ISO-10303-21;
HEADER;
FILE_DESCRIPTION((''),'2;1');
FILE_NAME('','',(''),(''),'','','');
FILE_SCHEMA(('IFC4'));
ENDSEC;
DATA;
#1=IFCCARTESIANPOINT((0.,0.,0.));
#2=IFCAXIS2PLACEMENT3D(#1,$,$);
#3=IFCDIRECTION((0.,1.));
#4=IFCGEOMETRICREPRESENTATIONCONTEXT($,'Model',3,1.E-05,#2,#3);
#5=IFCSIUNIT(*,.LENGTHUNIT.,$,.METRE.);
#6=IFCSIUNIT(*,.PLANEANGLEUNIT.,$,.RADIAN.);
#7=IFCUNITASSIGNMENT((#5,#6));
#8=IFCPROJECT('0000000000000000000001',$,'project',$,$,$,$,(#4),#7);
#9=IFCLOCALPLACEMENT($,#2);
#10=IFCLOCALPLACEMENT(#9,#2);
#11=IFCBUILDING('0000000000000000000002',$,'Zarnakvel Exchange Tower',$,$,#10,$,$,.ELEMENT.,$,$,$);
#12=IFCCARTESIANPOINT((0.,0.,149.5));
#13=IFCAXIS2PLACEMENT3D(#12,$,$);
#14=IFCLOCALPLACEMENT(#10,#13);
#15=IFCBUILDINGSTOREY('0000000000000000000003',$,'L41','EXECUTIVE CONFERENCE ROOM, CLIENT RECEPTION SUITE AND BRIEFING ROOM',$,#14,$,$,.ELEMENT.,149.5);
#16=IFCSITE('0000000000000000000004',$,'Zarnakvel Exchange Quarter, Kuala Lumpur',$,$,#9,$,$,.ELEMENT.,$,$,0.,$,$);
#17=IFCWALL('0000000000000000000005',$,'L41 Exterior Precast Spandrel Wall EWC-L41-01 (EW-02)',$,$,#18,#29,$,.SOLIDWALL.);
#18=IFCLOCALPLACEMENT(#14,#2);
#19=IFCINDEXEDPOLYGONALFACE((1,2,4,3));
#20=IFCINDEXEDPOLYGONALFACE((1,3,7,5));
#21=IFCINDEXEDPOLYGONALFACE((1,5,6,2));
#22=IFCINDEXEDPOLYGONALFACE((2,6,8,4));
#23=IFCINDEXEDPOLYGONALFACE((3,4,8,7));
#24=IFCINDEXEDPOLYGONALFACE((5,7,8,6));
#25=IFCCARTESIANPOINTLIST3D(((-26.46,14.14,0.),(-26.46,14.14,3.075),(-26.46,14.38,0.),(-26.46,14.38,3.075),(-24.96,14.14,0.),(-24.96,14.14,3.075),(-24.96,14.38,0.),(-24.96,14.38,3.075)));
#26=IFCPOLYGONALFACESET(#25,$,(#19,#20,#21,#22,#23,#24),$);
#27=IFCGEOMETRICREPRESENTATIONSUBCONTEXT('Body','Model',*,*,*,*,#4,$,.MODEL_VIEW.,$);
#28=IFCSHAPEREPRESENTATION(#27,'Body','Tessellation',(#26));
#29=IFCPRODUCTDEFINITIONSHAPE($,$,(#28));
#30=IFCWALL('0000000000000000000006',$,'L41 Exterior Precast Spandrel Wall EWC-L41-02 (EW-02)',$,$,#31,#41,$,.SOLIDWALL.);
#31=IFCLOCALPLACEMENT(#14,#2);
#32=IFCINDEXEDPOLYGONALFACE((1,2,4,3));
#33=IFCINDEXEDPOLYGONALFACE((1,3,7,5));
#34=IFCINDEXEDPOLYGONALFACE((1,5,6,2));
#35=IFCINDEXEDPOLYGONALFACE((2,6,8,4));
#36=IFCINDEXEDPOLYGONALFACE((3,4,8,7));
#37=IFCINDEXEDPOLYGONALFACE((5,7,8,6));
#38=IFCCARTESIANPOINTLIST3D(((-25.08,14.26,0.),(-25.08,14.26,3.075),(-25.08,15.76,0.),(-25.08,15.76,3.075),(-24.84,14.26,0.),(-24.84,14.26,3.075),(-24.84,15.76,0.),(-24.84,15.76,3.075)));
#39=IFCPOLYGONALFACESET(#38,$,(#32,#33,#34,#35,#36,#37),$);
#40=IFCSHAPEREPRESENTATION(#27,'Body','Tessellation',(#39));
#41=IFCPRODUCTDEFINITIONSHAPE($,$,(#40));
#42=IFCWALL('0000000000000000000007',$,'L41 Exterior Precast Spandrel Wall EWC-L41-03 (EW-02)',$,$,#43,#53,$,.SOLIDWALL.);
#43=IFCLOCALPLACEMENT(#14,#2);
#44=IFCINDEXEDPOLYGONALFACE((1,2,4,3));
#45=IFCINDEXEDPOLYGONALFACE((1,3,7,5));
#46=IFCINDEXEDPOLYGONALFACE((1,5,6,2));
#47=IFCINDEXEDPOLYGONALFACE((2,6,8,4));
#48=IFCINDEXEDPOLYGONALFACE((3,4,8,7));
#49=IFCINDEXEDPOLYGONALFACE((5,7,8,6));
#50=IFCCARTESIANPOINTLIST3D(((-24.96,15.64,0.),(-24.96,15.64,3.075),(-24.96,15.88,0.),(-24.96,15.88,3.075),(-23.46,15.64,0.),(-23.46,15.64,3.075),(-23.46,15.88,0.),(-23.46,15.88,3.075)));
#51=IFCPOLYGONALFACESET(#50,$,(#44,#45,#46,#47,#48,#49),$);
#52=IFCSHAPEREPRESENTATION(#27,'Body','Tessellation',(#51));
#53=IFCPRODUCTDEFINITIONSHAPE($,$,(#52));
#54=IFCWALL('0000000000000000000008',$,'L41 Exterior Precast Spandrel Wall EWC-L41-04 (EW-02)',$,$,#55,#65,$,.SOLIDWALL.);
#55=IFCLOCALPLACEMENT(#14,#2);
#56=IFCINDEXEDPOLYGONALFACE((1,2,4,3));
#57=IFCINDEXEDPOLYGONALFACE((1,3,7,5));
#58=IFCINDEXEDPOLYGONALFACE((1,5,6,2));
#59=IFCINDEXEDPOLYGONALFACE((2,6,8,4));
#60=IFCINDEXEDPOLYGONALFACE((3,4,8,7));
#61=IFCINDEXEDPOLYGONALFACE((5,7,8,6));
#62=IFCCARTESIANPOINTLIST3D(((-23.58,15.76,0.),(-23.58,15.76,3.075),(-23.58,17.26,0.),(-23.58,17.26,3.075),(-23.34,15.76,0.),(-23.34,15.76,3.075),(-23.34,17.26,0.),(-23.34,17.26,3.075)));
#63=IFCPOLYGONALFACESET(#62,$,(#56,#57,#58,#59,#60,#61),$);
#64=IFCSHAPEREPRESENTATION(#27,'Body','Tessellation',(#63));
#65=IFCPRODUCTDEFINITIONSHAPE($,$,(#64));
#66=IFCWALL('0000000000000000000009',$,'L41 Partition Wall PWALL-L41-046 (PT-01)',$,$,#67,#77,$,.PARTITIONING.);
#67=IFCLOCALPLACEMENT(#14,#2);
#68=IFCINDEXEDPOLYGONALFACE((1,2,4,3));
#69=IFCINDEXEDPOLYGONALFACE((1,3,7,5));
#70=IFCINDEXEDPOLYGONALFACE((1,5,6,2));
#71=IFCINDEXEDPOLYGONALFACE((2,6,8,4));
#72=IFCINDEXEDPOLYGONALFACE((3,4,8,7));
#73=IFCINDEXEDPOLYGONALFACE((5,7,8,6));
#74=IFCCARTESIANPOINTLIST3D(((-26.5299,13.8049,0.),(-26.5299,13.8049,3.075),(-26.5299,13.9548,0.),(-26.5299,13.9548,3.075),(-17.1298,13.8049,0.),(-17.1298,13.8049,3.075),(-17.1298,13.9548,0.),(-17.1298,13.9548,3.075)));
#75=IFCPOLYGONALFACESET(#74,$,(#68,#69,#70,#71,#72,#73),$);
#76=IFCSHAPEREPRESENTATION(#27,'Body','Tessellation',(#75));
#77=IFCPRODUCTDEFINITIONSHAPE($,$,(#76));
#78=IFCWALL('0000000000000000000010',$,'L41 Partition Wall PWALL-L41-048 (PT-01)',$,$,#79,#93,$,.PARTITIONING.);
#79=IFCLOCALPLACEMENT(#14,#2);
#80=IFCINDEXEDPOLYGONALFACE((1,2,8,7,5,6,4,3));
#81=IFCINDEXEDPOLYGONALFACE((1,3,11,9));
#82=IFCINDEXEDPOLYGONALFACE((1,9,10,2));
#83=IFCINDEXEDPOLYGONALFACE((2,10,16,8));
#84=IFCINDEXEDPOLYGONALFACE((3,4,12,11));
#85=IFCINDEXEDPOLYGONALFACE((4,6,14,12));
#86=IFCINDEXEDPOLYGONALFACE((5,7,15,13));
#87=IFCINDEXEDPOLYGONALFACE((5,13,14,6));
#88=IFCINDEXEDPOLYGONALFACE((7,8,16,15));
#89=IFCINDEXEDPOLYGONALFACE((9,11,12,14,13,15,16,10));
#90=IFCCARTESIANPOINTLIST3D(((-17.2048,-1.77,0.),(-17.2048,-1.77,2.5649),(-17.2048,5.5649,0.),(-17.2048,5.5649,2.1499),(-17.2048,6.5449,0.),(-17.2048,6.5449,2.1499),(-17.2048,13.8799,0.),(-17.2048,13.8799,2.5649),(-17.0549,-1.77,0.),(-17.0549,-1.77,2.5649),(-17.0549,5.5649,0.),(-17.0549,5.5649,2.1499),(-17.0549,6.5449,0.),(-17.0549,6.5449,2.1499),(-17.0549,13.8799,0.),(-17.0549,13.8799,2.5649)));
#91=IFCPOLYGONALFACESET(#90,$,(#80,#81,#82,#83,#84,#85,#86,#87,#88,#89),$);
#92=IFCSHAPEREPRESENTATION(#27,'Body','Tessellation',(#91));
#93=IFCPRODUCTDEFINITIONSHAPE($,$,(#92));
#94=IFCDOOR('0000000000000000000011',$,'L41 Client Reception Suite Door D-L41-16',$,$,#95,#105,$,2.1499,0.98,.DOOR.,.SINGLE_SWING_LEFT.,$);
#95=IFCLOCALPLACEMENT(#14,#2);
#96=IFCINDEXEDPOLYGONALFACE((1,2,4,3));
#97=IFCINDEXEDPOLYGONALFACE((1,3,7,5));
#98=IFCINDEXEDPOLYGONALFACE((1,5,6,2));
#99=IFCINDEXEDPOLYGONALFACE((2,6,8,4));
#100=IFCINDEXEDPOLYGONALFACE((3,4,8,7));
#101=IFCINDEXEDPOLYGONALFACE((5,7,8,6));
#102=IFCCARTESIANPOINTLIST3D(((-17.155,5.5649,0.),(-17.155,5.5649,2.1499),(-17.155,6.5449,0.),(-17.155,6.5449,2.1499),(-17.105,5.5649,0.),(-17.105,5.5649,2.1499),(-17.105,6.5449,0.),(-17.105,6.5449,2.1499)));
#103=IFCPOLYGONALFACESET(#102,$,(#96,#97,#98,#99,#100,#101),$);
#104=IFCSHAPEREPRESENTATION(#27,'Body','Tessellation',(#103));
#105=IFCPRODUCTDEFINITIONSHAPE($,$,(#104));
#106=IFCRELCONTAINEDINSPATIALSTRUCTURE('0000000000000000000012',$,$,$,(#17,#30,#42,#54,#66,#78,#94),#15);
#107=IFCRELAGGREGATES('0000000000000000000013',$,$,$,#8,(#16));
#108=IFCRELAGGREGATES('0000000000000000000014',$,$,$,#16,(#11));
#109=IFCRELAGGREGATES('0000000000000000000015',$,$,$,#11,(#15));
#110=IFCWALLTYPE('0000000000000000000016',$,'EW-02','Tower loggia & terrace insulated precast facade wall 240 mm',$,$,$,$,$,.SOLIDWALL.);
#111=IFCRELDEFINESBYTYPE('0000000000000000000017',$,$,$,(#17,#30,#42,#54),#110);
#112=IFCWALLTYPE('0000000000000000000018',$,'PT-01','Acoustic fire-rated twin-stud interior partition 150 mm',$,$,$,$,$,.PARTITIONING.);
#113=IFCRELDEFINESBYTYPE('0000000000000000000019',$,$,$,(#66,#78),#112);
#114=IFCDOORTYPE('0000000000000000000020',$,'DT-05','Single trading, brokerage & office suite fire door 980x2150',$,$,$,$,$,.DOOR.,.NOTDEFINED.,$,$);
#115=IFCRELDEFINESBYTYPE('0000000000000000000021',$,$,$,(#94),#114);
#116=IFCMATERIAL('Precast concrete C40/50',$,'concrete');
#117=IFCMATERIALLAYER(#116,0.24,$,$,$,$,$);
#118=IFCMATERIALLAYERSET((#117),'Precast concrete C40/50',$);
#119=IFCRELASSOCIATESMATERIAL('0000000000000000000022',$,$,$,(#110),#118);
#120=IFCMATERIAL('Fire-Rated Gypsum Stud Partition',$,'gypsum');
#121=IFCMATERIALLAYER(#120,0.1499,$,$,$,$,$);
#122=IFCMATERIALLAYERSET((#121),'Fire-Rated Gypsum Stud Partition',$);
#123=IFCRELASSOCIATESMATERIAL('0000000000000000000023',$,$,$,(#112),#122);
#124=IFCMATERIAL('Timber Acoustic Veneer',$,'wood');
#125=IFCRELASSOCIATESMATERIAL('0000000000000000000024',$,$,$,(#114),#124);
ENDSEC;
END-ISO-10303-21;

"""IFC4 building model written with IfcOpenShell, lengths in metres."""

from ifc_helpers import new_model, si_unit, direction, frame, frame_2d, origin, place, context, subcontext, project, spatial, rectangle, extrude, source, transform, mapped, material, layer, layer_set, type_object, element, fill, save


model = new_model("IFC4")

# Units and contexts
model_context = context("Model", 3, precision=1e-05, world=origin(), true_north=direction((0.0, 1.0)))
body_context = subcontext(model_context, "Body", "Model", "MODEL_VIEW")
ifc_project = project(units=[si_unit("LENGTHUNIT", "METRE"), si_unit("PLANEANGLEUNIT", "RADIAN")], contexts=[model_context])

# Site, building, storey
site_placement = place(None, origin())
site = spatial("IfcSite", under=ifc_project, at=site_placement, Name="Zarnakvel Exchange Quarter, Kuala Lumpur", CompositionType="ELEMENT", RefElevation=0.0)
building_placement = place(site_placement, origin())
building = spatial("IfcBuilding", under=site, at=building_placement, Name="Zarnakvel Exchange Tower", CompositionType="ELEMENT")
storey_placement = place(building_placement, frame((0.0, 0.0, 149.5)))
storey = spatial("IfcBuildingStorey", under=building, at=storey_placement, Name="L41", Description="EXECUTIVE CONFERENCE ROOM, CLIENT RECEPTION SUITE AND BRIEFING ROOM", CompositionType="ELEMENT", Elevation=149.5)

# Walls
ifc_material_1 = material(Name="Precast concrete C40/50", Category="concrete")
ifc_layer_1 = layer(ifc_material_1, 0.24)
ifc_layer_set_1 = layer_set([ifc_layer_1], Name="Precast concrete C40/50")
wall_type_1 = type_object("IfcWallType", Name="EW-02", Description="Tower loggia & terrace insulated precast facade wall 240 mm", PredefinedType="SOLIDWALL", material=ifc_layer_set_1)
for number, where, z_axis, x_axis, name in (
    (1, (-24.96, 14.26, 0.0), (0.0, 0.0, 1.0), (-1.0, 0.0, 0.0), "L41 Exterior Precast Spandrel Wall EWC-L41-01 (EW-02)"),
    (2, (-24.96, 15.76, 0.0), (0.0, 0.0, 1.0), (0.0, -1.0, 0.0), "L41 Exterior Precast Spandrel Wall EWC-L41-02 (EW-02)"),
    (3, (-23.46, 15.76, 0.0), (0.0, 0.0, 1.0), (-1.0, 0.0, 0.0), "L41 Exterior Precast Spandrel Wall EWC-L41-03 (EW-02)"),
    (4, (-23.46, 17.26, 0.0), (0.0, 0.0, 1.0), (0.0, -1.0, 0.0), "L41 Exterior Precast Spandrel Wall EWC-L41-04 (EW-02)"),
):
    element("IfcWall", number, at=place(storey_placement, frame(where, z_axis=z_axis, x_axis=x_axis)), inside=storey, type_object=wall_type_1, Name=name, PredefinedType="SOLIDWALL", context=body_context, shape_type="SweptSolid", body=[
        extrude(rectangle(XDim=1.5, YDim=0.24, at=frame_2d((0.75, 0.0))), origin(), (0.0, 0.0, 1.0), 3.075),
    ])
ifc_material_2 = material(Name="Fire-Rated Gypsum Stud Partition", Category="gypsum")
ifc_layer_2 = layer(ifc_material_2, 0.1499)
ifc_layer_set_2 = layer_set([ifc_layer_2], Name="Fire-Rated Gypsum Stud Partition")
wall_type_2 = type_object("IfcWallType", Name="PT-01", Description="Acoustic fire-rated twin-stud interior partition 150 mm", PredefinedType="PARTITIONING", material=ifc_layer_set_2)
wall_1_placement = place(storey_placement, frame((-26.53, 13.8799, 0.0), z_axis=(0.0, 0.0, 1.0), x_axis=(1.0, 0.0, 0.0)))
element("IfcWall", 5, at=wall_1_placement, inside=storey, type_object=wall_type_2, Name="L41 Partition Wall PWALL-L41-046 (PT-01)", PredefinedType="PARTITIONING", context=body_context, shape_type="SweptSolid", body=[
    extrude(rectangle(XDim=9.4001, YDim=0.1499, at=frame_2d((4.7002, 0.0))), origin(), (0.0, 0.0, 1.0), 3.075),
])

# Wall, opening, door
wall_2_placement = place(storey_placement, frame((-17.1299, 13.8799, 0.0), z_axis=(0.0, 0.0, 1.0), x_axis=(0.0, -1.0, 0.0)))
wall_2 = element("IfcWall", 6, at=wall_2_placement, inside=storey, type_object=wall_type_2, Name="L41 Partition Wall PWALL-L41-048 (PT-01)", PredefinedType="PARTITIONING", context=body_context, shape_type="SweptSolid", body=[
    extrude(rectangle(XDim=15.6499, YDim=0.1499, at=frame_2d((7.825, 0.0))), origin(), (0.0, 0.0, 1.0), 2.5649),
])
opening_placement = place(wall_2_placement, frame((7.335, 0.0, 0.0)))
opening = element("IfcOpeningElement", 7, at=opening_placement, cuts=wall_2, PredefinedType="OPENING", context=body_context, shape_type="SweptSolid", body=[
    extrude(rectangle(XDim=0.98, YDim=2.1499, at=frame_2d((0.49, 1.075))), frame((0.0, 0.085, 0.0), z_axis=(0.0, -1.0, 0.0), x_axis=(1.0, 0.0, 0.0)), (0.0, 0.0, 1.0), 0.1699),
])
ifc_material_3 = material(Name="Timber Acoustic Veneer", Category="wood")
door_type = type_object("IfcDoorType", Name="DT-05", Description="Single trading, brokerage & office suite fire door 980x2150", OperationType="NOTDEFINED", PredefinedType="DOOR", material=ifc_material_3)
shared_shape_1 = source(origin(), body_context, "Body", "SweptSolid", [
    extrude(rectangle(XDim=0.98, YDim=2.1499, at=frame_2d((0.49, 1.075))), frame((0.0, 0.0249, 0.0), z_axis=(0.0, -1.0, 0.0), x_axis=(1.0, 0.0, 0.0)), (0.0, 0.0, 1.0), 0.05),
])
door_placement = place(opening_placement, origin())
door = element("IfcDoor", 8, at=door_placement, inside=storey, type_object=door_type, Name="L41 Client Reception Suite Door D-L41-16", OperationType="SINGLE_SWING_LEFT", OverallHeight=2.1499, OverallWidth=0.98, PredefinedType="DOOR", context=body_context, shape_type="MappedRepresentation", body=[
    mapped(shared_shape_1, transform((0.0, 0.0, 0.0), x_axis=(1.0, 0.0, 0.0), y_axis=(0.0, 1.0, 0.0), z_axis=(0.0, 0.0, 1.0), scale=1.0)),
])
fill(opening, door)

save(model, "model.ifc")
